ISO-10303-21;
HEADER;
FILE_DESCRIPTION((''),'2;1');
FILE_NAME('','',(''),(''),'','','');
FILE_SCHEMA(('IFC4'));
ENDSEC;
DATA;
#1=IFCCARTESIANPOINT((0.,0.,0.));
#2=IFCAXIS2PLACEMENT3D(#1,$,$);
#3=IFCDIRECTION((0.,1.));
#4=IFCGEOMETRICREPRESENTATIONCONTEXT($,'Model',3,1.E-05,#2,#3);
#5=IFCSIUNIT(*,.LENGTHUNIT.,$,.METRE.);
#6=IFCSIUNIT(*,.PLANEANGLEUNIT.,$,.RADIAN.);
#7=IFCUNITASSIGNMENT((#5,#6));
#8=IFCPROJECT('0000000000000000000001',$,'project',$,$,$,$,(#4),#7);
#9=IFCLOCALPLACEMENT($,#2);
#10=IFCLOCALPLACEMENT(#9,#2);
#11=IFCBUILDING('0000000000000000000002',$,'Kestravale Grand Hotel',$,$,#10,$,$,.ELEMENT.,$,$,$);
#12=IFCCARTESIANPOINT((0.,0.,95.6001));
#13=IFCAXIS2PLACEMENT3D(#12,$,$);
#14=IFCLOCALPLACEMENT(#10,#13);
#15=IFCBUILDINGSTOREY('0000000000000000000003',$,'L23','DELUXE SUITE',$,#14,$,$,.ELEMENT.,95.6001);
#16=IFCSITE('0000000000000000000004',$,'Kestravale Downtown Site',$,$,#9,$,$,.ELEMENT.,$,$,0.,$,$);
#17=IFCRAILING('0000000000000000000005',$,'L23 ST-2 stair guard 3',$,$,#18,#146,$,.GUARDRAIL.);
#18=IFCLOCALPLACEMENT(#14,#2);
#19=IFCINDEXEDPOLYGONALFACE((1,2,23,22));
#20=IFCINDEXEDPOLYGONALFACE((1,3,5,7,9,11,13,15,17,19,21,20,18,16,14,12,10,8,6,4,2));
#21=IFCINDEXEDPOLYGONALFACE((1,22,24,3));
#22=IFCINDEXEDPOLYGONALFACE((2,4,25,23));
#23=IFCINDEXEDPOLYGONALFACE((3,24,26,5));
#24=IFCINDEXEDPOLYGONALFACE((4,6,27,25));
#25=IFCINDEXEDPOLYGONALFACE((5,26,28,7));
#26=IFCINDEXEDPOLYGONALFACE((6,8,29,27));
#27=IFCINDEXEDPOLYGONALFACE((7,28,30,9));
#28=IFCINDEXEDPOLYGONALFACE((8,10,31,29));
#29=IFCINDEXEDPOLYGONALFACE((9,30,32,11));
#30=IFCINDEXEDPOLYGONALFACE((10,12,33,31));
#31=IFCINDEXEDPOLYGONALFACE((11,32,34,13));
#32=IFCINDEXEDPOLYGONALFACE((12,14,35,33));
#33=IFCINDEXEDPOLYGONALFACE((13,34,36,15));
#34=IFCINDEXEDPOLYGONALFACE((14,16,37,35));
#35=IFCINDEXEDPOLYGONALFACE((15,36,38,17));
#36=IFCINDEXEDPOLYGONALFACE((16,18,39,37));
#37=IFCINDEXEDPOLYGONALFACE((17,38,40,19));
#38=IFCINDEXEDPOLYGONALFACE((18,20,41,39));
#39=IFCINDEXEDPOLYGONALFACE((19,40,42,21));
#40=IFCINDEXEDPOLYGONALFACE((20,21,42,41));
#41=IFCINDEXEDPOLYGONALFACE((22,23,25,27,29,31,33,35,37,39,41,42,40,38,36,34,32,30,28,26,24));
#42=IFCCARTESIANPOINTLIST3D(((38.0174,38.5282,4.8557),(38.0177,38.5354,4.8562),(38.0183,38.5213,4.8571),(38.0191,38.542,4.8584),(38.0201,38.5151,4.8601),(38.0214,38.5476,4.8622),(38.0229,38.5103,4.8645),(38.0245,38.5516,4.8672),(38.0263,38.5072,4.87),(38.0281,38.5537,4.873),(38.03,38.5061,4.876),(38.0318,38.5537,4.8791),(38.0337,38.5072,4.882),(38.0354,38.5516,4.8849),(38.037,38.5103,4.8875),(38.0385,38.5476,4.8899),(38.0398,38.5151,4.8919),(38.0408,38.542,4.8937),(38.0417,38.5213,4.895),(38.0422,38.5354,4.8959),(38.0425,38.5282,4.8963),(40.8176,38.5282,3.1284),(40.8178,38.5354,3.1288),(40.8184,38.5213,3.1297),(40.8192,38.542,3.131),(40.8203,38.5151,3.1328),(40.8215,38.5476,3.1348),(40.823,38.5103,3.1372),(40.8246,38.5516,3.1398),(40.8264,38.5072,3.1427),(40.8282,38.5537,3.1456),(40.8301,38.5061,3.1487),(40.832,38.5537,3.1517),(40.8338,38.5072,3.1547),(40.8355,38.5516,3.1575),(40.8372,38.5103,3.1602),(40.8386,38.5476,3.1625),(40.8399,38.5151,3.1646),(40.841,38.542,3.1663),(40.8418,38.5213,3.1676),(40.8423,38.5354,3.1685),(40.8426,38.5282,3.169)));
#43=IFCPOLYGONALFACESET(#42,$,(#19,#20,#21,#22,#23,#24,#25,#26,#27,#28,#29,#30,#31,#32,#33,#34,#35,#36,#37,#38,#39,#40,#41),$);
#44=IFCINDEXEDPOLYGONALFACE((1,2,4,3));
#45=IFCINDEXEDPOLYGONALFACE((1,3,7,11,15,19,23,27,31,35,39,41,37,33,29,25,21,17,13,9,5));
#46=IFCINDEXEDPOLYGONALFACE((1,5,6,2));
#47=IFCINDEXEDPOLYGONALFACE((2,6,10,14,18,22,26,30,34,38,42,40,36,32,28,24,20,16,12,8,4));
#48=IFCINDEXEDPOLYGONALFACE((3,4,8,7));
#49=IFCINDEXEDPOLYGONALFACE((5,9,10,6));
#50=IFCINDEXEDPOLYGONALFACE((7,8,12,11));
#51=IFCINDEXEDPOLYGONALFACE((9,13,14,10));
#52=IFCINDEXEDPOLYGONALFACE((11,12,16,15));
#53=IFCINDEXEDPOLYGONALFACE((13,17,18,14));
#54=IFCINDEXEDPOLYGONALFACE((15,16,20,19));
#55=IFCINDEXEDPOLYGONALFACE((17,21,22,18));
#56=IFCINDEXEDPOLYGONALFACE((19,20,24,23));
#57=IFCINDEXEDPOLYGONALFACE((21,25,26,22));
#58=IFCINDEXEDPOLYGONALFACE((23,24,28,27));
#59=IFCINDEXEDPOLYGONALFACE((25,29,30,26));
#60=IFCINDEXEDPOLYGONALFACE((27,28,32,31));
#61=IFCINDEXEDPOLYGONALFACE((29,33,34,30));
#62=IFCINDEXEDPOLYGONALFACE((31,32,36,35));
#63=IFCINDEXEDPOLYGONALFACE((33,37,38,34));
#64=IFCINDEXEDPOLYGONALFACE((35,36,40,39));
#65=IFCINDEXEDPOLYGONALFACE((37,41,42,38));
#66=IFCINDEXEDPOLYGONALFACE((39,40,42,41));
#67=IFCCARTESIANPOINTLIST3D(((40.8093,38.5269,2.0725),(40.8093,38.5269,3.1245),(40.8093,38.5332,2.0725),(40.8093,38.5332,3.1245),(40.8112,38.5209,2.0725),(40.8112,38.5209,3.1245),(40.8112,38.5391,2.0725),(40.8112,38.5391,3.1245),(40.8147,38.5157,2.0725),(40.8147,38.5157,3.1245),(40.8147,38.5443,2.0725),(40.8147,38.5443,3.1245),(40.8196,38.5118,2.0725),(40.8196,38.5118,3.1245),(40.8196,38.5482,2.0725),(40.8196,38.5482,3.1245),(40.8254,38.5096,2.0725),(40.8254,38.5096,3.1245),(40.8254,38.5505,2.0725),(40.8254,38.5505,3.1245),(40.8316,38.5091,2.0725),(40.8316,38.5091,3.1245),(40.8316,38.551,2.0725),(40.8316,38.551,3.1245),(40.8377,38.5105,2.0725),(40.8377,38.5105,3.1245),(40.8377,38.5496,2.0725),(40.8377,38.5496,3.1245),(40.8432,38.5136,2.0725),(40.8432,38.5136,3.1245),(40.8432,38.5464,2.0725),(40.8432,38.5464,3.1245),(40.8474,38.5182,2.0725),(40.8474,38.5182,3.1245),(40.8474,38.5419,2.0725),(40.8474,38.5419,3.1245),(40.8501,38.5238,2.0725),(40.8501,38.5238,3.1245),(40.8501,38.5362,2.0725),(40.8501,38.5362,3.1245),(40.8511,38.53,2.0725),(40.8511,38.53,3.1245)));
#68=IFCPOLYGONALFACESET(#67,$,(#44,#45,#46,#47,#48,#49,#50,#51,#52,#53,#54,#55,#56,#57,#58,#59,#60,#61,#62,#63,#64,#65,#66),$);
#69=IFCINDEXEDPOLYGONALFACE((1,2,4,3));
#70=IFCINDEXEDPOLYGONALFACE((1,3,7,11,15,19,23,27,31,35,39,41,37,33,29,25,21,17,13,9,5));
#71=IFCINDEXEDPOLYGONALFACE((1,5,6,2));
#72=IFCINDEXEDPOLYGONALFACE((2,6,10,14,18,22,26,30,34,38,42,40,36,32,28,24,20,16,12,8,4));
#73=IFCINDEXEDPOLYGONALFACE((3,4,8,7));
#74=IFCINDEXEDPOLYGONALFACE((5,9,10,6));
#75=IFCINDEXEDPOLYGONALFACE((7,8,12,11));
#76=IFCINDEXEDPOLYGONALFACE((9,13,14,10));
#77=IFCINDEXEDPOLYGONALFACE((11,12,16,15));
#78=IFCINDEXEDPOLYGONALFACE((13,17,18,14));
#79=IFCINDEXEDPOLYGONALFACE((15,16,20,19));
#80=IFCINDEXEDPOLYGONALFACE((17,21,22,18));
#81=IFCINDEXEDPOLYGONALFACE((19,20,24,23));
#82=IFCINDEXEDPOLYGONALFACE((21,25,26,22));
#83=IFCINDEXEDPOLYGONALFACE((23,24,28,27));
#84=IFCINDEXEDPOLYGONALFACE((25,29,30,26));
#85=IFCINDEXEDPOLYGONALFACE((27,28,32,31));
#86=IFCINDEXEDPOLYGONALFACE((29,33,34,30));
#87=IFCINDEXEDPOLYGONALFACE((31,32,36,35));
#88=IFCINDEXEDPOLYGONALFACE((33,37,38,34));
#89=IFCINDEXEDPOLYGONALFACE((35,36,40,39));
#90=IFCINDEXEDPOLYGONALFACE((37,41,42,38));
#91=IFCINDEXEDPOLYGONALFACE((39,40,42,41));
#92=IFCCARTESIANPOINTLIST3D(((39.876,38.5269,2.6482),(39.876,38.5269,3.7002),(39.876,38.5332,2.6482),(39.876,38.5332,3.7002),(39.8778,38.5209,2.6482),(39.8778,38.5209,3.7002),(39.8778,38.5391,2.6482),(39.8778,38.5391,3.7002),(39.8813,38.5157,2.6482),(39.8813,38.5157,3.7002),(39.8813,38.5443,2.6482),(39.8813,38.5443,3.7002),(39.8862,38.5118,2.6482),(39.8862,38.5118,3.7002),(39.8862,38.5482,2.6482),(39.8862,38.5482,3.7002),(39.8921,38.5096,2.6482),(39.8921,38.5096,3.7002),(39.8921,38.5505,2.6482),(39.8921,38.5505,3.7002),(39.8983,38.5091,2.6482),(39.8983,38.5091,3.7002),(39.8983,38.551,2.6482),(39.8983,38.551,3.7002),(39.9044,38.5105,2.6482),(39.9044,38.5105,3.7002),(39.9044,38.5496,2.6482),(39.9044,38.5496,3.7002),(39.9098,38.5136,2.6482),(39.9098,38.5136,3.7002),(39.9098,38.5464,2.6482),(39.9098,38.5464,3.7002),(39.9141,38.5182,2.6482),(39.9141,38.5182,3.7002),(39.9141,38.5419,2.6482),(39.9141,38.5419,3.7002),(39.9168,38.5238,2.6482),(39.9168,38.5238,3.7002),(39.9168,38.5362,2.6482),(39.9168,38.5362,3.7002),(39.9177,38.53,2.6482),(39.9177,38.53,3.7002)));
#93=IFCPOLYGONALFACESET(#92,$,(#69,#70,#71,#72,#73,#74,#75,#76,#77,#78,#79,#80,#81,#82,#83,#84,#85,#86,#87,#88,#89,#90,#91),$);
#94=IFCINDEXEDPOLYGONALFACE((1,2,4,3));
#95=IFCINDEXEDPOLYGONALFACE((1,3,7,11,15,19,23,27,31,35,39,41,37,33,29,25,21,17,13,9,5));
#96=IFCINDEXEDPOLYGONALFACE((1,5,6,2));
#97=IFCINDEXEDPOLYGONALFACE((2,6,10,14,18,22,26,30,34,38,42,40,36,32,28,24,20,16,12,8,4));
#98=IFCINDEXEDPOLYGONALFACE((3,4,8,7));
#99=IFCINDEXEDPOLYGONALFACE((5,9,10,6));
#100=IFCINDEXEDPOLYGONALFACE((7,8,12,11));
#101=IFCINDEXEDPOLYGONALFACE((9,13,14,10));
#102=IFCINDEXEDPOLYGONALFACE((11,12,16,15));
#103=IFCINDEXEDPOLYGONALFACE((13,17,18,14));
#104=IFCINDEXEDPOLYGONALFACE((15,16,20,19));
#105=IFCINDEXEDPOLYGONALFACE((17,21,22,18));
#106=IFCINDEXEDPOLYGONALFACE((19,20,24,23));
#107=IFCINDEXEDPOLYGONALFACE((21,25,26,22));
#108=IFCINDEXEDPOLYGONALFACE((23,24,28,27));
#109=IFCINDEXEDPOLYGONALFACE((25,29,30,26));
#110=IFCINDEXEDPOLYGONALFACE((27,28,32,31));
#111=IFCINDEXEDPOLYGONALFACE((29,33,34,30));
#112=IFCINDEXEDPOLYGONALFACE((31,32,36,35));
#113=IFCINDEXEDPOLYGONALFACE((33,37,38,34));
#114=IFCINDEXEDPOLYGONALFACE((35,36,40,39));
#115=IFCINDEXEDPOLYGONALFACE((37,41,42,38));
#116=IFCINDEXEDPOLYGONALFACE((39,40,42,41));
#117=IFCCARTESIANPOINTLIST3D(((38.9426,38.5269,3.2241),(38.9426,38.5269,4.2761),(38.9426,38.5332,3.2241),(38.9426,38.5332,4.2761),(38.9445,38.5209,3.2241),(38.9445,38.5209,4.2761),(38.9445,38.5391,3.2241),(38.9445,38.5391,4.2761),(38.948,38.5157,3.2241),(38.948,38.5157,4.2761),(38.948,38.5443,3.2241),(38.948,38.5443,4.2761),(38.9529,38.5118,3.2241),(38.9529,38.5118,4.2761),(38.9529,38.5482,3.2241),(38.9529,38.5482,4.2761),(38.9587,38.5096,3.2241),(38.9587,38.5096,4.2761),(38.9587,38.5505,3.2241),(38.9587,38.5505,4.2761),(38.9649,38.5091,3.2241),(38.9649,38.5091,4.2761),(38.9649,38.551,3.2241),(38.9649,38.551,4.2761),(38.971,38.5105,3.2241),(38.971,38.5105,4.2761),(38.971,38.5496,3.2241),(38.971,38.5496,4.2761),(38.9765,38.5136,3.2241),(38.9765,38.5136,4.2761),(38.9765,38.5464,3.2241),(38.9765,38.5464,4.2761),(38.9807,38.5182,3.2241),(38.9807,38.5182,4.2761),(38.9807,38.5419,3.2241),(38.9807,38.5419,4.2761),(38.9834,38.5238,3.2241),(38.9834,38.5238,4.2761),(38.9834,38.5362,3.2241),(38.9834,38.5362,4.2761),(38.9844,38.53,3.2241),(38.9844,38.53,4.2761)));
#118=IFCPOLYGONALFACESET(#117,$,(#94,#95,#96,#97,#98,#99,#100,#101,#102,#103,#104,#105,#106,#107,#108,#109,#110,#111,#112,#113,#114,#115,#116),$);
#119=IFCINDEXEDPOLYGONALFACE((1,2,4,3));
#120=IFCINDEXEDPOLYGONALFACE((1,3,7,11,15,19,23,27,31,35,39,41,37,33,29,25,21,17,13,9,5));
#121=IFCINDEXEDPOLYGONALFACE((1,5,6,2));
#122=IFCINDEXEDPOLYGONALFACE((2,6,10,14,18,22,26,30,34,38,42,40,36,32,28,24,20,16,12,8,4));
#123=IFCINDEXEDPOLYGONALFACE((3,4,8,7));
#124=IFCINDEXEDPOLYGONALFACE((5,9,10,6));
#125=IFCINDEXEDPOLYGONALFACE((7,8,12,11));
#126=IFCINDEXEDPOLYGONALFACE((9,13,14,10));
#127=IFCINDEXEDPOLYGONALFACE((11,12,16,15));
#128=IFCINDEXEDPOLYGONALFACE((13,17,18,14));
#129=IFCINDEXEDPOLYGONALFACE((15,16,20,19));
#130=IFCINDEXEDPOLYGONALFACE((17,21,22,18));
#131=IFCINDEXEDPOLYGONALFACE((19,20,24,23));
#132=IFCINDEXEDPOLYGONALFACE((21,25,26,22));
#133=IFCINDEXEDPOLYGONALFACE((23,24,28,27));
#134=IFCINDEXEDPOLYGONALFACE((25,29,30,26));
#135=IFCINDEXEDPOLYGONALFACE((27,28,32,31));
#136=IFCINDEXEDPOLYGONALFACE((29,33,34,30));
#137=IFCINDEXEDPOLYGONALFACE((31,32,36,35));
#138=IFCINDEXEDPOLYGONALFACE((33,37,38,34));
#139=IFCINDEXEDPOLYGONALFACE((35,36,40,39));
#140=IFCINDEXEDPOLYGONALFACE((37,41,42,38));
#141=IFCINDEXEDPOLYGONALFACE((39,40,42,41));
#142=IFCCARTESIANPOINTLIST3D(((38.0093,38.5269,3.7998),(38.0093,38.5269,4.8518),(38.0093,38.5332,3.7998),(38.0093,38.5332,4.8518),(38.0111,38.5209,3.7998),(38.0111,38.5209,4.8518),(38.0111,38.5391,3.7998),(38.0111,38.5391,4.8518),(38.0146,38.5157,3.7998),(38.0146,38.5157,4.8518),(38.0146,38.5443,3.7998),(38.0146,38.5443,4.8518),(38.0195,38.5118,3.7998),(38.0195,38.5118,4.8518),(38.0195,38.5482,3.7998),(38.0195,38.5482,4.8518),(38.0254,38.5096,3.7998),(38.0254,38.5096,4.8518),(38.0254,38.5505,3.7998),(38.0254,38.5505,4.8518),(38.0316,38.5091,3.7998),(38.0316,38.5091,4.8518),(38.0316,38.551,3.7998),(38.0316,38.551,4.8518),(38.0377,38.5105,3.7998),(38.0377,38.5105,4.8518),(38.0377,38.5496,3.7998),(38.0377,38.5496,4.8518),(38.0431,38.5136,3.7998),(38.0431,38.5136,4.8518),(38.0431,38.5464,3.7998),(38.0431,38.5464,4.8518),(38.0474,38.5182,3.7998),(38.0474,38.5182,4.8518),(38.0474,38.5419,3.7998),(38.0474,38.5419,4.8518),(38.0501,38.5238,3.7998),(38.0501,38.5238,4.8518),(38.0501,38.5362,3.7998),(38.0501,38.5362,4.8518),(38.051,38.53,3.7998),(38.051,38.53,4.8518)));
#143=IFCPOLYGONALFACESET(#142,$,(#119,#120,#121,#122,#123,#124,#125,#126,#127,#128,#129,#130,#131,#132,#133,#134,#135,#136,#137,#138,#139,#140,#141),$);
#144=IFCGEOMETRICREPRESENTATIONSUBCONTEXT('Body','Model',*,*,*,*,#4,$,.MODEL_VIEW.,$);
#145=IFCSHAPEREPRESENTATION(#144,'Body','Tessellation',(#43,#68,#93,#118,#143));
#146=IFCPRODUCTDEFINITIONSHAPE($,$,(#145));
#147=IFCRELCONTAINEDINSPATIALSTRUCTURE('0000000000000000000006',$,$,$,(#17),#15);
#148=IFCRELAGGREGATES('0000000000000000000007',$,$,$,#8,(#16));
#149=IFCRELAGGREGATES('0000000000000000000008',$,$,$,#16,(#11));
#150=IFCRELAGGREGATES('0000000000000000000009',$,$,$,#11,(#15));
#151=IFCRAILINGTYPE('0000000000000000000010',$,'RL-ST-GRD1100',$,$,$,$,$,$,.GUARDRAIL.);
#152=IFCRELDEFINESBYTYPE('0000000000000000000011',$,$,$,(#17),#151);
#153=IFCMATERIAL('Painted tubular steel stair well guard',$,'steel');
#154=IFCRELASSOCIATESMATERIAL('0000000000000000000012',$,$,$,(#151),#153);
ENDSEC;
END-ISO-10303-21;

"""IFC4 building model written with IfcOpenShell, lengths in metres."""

from ifc_helpers import new_model, si_unit, direction, frame, origin, origin_2d, place, context, subcontext, project, spatial, circle, extrude, material, type_object, element, save


model = new_model("IFC4")

# Units and contexts
model_context = context("Model", 3, precision=1e-05, world=origin(), true_north=direction((0.0, 1.0)))
body_context = subcontext(model_context, "Body", "Model", "MODEL_VIEW")
ifc_project = project(units=[si_unit("LENGTHUNIT", "METRE"), si_unit("PLANEANGLEUNIT", "RADIAN")], contexts=[model_context])

# Site, building, storey
site_placement = place(None, origin())
site = spatial("IfcSite", under=ifc_project, at=site_placement, Name="Kestravale Downtown Site", CompositionType="ELEMENT", RefElevation=0.0)
building_placement = place(site_placement, origin())
building = spatial("IfcBuilding", under=site, at=building_placement, Name="Kestravale Grand Hotel", CompositionType="ELEMENT")
storey_placement = place(building_placement, frame((0.0, 0.0, 95.6001)))
storey = spatial("IfcBuildingStorey", under=building, at=storey_placement, Name="L23", Description="DELUXE SUITE", CompositionType="ELEMENT", Elevation=95.6001)

# Railing
ifc_material_1 = material(Name="Painted tubular steel stair well guard", Category="steel")
railing_type_1 = type_object("IfcRailingType", Name="RL-ST-GRD1100", PredefinedType="GUARDRAIL", material=ifc_material_1)
railing_1_placement = place(storey_placement, frame((40.8301, 38.53, 2.0725)))
element("IfcRailing", 1, at=railing_1_placement, inside=storey, type_object=railing_type_1, Name="L23 ST-2 stair guard 3", PredefinedType="GUARDRAIL", context=body_context, shape_type="SweptSolid", body=[
    extrude(circle(Radius=0.0239, at=origin_2d()), frame((0.0, 0.0, 1.0762), z_axis=(-0.85109, 0.0, 0.52502), x_axis=(0.0, -1.0, 0.0)), (0.0, 0.0, 1.0), 3.29),
    extrude(circle(Radius=0.021, at=origin_2d()), origin(), (0.0, 0.0, 1.0), 1.052),
    extrude(circle(Radius=0.021, at=origin_2d()), frame((-0.9333, 0.0, 0.5757)), (0.0, 0.0, 1.0), 1.052),
    extrude(circle(Radius=0.021, at=origin_2d()), frame((-1.8667, 0.0, 1.1516)), (0.0, 0.0, 1.0), 1.052),
    extrude(circle(Radius=0.021, at=origin_2d()), frame((-2.8, 0.0, 1.7273)), (0.0, 0.0, 1.0), 1.052),
])

save(model, "model.ifc")
